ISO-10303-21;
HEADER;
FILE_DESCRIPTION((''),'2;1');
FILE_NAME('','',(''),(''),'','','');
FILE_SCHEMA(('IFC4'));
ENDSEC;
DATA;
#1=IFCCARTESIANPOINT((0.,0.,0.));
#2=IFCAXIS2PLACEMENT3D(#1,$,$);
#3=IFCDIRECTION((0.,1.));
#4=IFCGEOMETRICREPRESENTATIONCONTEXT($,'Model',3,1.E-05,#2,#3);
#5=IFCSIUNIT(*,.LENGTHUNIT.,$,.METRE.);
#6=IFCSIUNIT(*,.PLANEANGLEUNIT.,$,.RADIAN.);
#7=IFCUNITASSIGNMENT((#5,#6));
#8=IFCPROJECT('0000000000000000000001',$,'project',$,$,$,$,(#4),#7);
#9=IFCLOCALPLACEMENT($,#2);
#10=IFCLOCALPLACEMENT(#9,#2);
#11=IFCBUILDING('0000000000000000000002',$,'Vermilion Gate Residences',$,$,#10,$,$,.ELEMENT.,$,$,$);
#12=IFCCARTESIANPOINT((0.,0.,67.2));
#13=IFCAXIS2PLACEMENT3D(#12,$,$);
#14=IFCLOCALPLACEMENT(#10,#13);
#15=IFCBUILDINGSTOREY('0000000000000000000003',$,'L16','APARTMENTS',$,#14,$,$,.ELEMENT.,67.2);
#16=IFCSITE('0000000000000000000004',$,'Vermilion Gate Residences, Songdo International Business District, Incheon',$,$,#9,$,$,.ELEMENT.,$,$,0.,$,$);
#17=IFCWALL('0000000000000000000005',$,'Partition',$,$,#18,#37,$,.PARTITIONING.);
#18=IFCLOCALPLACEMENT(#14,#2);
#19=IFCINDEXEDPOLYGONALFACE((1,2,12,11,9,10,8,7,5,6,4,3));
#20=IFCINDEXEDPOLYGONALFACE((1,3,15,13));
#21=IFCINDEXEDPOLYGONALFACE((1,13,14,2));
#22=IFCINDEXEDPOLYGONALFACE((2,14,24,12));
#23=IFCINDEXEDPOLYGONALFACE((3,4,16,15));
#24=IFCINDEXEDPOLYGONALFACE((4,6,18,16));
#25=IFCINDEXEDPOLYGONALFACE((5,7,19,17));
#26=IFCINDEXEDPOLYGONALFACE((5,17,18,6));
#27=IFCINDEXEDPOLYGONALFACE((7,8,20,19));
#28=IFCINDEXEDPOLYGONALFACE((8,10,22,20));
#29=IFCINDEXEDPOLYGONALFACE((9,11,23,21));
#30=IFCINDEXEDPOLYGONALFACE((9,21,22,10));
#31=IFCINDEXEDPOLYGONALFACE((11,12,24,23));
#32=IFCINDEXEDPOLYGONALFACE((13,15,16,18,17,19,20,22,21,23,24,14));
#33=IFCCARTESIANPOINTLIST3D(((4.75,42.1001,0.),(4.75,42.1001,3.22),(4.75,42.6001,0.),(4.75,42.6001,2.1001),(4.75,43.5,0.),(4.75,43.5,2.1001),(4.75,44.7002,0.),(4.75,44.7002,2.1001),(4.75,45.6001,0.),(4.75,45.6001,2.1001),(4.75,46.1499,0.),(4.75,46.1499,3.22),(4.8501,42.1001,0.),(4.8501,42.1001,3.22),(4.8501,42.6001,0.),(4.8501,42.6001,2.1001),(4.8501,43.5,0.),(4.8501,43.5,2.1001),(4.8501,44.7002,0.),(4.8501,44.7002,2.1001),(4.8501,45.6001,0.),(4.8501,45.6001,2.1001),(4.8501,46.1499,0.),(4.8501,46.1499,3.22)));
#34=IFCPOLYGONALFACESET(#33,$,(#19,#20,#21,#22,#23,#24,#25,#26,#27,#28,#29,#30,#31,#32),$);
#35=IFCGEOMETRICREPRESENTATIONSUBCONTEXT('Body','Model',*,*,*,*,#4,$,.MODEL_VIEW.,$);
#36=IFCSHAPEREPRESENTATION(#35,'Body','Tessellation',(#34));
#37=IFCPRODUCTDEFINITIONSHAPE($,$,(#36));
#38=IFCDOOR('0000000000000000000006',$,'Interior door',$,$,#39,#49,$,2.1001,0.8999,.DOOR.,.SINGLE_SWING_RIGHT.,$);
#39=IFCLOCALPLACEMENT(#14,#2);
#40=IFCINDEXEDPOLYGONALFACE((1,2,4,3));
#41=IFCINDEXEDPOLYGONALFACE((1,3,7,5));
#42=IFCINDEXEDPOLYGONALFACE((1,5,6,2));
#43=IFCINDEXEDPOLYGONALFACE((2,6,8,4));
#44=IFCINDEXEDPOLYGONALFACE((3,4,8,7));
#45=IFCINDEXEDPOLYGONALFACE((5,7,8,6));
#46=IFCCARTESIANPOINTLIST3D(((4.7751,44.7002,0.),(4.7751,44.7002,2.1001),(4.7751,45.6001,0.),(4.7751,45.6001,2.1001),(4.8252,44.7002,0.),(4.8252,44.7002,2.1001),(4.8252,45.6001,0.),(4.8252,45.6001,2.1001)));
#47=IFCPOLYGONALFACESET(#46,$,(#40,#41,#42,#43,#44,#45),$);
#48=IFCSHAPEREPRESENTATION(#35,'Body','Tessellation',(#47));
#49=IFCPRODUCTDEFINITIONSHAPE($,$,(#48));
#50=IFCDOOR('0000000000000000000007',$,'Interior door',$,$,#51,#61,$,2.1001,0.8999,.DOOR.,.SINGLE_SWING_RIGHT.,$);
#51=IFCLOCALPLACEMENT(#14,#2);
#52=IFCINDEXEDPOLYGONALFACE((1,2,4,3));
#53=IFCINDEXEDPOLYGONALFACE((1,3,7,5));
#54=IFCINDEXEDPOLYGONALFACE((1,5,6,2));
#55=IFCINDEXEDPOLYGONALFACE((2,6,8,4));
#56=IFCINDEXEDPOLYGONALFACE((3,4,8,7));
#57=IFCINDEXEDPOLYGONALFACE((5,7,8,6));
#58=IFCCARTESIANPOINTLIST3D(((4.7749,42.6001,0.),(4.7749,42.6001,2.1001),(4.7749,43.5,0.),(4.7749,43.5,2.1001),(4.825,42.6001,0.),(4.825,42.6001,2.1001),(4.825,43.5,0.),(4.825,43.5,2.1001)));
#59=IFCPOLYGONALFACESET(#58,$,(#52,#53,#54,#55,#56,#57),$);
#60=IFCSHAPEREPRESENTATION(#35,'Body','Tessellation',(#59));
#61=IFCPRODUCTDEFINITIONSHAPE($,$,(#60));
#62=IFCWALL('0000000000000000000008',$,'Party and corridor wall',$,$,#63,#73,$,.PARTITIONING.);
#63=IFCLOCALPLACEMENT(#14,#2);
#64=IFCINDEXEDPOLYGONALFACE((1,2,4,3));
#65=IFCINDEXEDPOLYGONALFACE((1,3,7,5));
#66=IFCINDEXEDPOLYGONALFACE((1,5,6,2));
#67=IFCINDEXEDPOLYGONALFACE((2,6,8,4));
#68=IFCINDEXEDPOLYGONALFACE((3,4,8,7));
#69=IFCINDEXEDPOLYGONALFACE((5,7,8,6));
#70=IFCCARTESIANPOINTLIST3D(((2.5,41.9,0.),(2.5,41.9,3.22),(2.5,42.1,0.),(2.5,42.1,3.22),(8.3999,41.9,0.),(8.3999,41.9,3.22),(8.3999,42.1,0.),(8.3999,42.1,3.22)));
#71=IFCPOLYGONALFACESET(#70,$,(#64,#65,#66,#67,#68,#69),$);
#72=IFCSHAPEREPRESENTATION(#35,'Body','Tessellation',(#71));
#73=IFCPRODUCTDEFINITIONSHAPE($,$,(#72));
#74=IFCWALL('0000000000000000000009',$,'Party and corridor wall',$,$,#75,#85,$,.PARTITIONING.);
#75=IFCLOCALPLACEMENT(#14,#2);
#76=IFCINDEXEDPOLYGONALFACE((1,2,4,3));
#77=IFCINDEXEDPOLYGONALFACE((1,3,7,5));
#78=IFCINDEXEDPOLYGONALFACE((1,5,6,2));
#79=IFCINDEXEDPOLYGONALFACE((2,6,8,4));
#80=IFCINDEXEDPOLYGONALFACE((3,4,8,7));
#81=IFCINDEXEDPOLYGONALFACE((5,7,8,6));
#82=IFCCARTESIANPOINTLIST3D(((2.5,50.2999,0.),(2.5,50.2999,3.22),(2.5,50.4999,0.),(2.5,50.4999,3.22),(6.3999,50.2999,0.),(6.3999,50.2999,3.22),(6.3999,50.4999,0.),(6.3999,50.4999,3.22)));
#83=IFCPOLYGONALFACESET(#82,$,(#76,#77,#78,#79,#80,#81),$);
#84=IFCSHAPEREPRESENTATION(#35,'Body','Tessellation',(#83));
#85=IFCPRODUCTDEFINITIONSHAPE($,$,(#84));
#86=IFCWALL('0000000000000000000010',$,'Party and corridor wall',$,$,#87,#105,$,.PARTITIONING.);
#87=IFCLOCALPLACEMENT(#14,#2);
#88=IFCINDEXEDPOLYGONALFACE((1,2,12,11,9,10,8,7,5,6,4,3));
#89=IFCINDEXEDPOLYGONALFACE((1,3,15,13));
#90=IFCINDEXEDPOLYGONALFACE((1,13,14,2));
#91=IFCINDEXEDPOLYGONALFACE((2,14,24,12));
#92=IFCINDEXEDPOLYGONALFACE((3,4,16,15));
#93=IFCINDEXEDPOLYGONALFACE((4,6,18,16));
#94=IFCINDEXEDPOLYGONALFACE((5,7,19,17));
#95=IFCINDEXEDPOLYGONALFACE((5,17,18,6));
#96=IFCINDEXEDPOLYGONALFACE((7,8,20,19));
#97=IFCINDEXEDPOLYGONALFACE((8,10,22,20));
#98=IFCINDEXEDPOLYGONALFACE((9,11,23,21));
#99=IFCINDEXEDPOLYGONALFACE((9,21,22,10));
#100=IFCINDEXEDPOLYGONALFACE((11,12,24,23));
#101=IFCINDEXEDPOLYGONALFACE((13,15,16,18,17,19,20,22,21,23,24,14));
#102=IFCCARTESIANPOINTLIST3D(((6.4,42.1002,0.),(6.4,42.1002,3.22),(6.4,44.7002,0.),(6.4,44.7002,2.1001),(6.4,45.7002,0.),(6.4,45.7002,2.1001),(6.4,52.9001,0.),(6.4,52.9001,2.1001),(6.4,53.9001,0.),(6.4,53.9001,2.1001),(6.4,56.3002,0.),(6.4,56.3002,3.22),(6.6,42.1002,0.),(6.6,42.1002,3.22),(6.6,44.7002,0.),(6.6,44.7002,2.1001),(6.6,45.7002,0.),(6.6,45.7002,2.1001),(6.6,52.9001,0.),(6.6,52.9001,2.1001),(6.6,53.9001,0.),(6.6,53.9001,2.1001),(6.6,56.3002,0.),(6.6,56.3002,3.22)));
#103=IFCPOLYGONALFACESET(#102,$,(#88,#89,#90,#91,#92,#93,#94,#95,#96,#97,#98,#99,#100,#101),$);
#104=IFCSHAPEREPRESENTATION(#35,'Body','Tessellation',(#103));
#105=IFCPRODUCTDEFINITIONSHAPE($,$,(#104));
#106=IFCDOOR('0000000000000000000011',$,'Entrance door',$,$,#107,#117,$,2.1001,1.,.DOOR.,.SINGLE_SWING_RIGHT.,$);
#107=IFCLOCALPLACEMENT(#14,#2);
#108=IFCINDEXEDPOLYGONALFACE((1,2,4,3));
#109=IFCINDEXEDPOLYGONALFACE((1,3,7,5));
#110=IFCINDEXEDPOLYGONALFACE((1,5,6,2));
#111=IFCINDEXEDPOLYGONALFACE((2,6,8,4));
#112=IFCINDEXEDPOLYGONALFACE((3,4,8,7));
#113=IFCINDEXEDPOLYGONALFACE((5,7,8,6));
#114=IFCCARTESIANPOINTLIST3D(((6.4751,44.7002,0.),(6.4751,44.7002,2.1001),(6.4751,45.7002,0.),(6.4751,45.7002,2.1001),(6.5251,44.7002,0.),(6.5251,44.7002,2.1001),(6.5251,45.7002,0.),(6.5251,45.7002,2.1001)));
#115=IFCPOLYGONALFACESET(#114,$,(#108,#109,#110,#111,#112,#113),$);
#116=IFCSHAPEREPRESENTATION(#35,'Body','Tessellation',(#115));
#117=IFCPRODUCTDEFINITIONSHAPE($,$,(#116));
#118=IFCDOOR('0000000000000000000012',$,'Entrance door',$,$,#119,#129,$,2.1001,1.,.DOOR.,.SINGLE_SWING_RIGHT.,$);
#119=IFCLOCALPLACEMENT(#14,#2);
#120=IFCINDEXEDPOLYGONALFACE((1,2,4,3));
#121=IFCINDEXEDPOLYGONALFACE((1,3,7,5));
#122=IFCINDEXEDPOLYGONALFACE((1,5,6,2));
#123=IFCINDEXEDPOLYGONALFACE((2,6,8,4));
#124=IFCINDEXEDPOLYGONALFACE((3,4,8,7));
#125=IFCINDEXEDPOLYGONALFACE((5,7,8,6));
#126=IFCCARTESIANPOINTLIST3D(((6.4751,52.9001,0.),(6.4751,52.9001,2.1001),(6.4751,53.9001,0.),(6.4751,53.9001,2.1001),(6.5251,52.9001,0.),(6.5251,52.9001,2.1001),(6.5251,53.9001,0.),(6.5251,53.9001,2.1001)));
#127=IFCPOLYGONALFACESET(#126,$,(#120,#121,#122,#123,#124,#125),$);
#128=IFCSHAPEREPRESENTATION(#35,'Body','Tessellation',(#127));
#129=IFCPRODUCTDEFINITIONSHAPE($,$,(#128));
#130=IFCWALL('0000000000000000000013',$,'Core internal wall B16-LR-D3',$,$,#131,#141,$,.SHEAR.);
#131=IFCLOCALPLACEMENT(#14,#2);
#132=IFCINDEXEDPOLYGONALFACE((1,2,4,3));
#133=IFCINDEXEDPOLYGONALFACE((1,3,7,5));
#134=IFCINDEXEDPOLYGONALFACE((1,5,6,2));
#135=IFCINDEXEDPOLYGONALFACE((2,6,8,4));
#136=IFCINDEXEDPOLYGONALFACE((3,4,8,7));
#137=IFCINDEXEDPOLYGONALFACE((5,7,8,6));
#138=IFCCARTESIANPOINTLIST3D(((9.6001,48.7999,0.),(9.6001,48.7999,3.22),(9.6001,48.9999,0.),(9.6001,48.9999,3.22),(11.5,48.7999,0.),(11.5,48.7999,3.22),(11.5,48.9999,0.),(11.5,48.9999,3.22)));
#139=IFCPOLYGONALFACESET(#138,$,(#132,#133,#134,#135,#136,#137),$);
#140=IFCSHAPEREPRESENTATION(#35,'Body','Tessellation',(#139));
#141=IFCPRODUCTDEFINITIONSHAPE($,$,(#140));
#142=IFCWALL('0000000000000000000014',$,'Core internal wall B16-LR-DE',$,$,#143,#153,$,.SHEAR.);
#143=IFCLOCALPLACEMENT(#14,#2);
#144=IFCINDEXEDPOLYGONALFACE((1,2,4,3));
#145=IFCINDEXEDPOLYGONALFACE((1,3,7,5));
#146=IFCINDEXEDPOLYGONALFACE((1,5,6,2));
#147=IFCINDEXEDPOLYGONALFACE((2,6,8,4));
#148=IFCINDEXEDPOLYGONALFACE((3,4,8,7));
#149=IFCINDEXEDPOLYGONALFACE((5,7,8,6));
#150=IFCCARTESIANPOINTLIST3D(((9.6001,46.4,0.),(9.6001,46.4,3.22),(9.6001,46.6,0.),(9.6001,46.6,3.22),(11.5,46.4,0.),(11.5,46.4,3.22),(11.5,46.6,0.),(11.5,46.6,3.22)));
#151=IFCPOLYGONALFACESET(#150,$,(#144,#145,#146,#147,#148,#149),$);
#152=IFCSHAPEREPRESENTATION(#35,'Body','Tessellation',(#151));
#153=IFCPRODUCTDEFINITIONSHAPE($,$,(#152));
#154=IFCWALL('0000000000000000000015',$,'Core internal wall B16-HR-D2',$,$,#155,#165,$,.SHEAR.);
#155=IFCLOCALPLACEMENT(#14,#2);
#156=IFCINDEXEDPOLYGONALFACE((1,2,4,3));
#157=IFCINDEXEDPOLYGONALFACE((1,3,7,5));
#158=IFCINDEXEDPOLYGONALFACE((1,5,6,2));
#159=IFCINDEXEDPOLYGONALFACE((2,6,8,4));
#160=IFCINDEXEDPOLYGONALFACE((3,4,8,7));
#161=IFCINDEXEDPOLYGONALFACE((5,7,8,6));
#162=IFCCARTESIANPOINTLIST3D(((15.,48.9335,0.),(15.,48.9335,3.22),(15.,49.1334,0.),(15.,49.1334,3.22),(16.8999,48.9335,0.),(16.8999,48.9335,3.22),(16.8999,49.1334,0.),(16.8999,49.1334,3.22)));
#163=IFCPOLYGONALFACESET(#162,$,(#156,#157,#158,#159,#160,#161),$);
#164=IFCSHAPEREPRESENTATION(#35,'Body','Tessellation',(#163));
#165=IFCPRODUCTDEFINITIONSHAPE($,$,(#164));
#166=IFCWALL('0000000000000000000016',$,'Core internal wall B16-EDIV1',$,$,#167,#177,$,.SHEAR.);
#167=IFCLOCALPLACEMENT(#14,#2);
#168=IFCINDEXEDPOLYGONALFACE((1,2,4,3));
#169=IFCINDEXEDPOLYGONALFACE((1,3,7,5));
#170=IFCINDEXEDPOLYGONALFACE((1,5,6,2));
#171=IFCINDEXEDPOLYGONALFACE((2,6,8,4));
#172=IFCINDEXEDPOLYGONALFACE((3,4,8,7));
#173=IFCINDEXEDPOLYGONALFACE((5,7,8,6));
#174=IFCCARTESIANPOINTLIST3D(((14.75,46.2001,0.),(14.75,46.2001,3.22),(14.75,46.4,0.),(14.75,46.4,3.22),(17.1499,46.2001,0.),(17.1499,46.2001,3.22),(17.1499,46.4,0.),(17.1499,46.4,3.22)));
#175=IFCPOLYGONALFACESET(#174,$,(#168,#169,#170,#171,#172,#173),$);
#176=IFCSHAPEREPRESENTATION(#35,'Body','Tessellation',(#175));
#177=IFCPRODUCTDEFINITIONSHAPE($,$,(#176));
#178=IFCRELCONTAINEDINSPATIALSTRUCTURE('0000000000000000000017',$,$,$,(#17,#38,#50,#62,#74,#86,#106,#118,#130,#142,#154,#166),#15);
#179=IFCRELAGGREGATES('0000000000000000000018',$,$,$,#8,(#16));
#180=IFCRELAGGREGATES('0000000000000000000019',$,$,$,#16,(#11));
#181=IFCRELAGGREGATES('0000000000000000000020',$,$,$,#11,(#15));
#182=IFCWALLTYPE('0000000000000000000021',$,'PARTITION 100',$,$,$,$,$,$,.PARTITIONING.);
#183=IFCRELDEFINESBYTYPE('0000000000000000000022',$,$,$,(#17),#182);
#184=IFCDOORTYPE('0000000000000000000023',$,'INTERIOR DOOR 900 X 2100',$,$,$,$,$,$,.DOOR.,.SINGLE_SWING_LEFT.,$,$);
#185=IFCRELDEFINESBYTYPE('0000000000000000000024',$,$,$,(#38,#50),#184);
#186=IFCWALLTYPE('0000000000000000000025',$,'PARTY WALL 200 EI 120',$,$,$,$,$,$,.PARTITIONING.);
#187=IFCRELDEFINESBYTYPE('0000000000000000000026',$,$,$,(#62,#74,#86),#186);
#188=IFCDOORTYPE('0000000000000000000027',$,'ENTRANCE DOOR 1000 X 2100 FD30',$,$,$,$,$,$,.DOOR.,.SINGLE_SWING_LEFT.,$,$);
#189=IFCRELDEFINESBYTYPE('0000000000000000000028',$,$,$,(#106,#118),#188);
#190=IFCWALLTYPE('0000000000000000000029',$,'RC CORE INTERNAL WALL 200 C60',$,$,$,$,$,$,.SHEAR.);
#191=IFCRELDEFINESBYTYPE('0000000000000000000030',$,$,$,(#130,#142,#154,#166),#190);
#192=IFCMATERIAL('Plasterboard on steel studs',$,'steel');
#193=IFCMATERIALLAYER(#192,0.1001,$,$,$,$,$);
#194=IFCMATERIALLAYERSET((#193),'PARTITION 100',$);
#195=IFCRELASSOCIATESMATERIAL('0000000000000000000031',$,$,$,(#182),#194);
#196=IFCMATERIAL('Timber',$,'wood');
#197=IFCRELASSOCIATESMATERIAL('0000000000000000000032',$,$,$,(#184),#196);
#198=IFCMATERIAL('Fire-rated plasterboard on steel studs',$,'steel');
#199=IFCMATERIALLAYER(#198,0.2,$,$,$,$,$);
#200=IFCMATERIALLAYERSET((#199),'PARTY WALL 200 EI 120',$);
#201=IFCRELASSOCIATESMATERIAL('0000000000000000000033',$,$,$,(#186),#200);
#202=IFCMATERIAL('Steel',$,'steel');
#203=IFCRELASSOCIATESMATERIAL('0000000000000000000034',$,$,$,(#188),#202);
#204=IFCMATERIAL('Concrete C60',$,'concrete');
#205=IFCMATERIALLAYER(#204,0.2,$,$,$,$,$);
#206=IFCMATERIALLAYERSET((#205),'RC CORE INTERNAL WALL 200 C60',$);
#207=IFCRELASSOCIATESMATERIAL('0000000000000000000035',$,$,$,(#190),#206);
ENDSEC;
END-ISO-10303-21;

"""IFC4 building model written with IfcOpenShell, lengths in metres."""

from ifc_helpers import new_model, si_unit, direction, frame, frame_2d, origin, place, context, subcontext, project, spatial, rectangle, extrude, material, layer, layer_set, type_object, element, fill, save


model = new_model("IFC4")

# Units and contexts
model_context = context("Model", 3, precision=1e-05, world=origin(), true_north=direction((0.0, 1.0)))
body_context = subcontext(model_context, "Body", "Model", "MODEL_VIEW")
ifc_project = project(units=[si_unit("LENGTHUNIT", "METRE"), si_unit("PLANEANGLEUNIT", "RADIAN")], contexts=[model_context])

# Site, building, storey
site_placement = place(None, origin())
site = spatial("IfcSite", under=ifc_project, at=site_placement, Name="Vermilion Gate Residences, Songdo International Business District, Incheon", CompositionType="ELEMENT", RefElevation=0.0)
building_placement = place(site_placement, origin())
building = spatial("IfcBuilding", under=site, at=building_placement, Name="Vermilion Gate Residences", CompositionType="ELEMENT")
storey_placement = place(building_placement, frame((0.0, 0.0, 67.2)))
storey = spatial("IfcBuildingStorey", under=building, at=storey_placement, Name="L16", Description="APARTMENTS", CompositionType="ELEMENT", Elevation=67.2)

# Shared definitions
ifc_material_1 = material(Name="Plasterboard on steel studs", Category="steel")
ifc_layer_1 = layer(ifc_material_1, 0.1001)
ifc_layer_set_1 = layer_set([ifc_layer_1], Name="PARTITION 100")
wall_type_1 = type_object("IfcWallType", Name="PARTITION 100", PredefinedType="PARTITIONING", material=ifc_layer_set_1)

# Shared definitions
ifc_material_2 = material(Name="Timber", Category="wood")
door_type_1 = type_object("IfcDoorType", Name="INTERIOR DOOR 900 X 2100", OperationType="SINGLE_SWING_LEFT", PredefinedType="DOOR", material=ifc_material_2)

# Wall, openings, doors
wall_1_placement = place(storey_placement, frame((4.8, 42.1001, 0.0), z_axis=(0.0, 0.0, 1.0), x_axis=(0.0, 1.0, 0.0)))
wall_1 = element("IfcWall", 1, at=wall_1_placement, inside=storey, type_object=wall_type_1, Name="Partition", PredefinedType="PARTITIONING", context=body_context, shape_type="SweptSolid", body=[
    extrude(rectangle(XDim=4.0498, YDim=0.1001, at=frame_2d((2.0249, 0.0))), origin(), (0.0, 0.0, 1.0), 3.22),
])
opening_1_placement = place(wall_1_placement, frame((2.6001, 0.0, 0.0)))
opening_1 = element("IfcOpeningElement", 2, at=opening_1_placement, cuts=wall_1, PredefinedType="OPENING", context=body_context, shape_type="SweptSolid", body=[
    extrude(rectangle(XDim=0.8999, YDim=2.1001, at=frame_2d((0.45, 1.05))), frame((0.0, 0.0601, 0.0), z_axis=(0.0, -1.0, 0.0), x_axis=(1.0, 0.0, 0.0)), (0.0, 0.0, 1.0), 0.1201),
])
opening_2_placement = place(wall_1_placement, frame((0.5, 0.0, 0.0)))
opening_2 = element("IfcOpeningElement", 3, at=opening_2_placement, cuts=wall_1, PredefinedType="OPENING", context=body_context, shape_type="SweptSolid", body=[
    extrude(rectangle(XDim=0.8999, YDim=2.1001, at=frame_2d((0.45, 1.05))), frame((0.0, 0.0601, 0.0), z_axis=(0.0, -1.0, 0.0), x_axis=(1.0, 0.0, 0.0)), (0.0, 0.0, 1.0), 0.1201),
])
door_1_placement = place(opening_1_placement, origin())
door_1 = element("IfcDoor", 4, at=door_1_placement, inside=storey, type_object=door_type_1, Name="Interior door", OperationType="SINGLE_SWING_RIGHT", OverallHeight=2.1001, OverallWidth=0.8999, PredefinedType="DOOR", context=body_context, shape_type="SweptSolid", body=[
    extrude(rectangle(XDim=0.8999, YDim=2.1001, at=frame_2d((0.45, 1.05))), frame((0.0, 0.0249, 0.0), z_axis=(0.0, -1.0, 0.0), x_axis=(1.0, 0.0, 0.0)), (0.0, 0.0, 1.0), 0.05),
])
fill(opening_1, door_1)
door_2_placement = place(opening_2_placement, frame((0.8999, 0.0, 0.0), z_axis=(0.0, 0.0, 1.0), x_axis=(-1.0, 0.0, 0.0)))
door_2 = element("IfcDoor", 5, at=door_2_placement, inside=storey, type_object=door_type_1, Name="Interior door", OperationType="SINGLE_SWING_RIGHT", OverallHeight=2.1001, OverallWidth=0.8999, PredefinedType="DOOR", context=body_context, shape_type="SweptSolid", body=[
    extrude(rectangle(XDim=0.8999, YDim=2.1001, at=frame_2d((0.45, 1.05))), frame((0.0, 0.0249, 0.0), z_axis=(0.0, -1.0, 0.0), x_axis=(1.0, 0.0, 0.0)), (0.0, 0.0, 1.0), 0.05),
])
fill(opening_2, door_2)

# Walls
ifc_material_3 = material(Name="Fire-rated plasterboard on steel studs", Category="steel")
ifc_layer_2 = layer(ifc_material_3, 0.2)
ifc_layer_set_2 = layer_set([ifc_layer_2], Name="PARTY WALL 200 EI 120")
wall_type_2 = type_object("IfcWallType", Name="PARTY WALL 200 EI 120", PredefinedType="PARTITIONING", material=ifc_layer_set_2)
wall_2_placement = place(storey_placement, frame((2.5, 42.0, 0.0), z_axis=(0.0, 0.0, 1.0), x_axis=(1.0, 0.0, 0.0)))
element("IfcWall", 6, at=wall_2_placement, inside=storey, type_object=wall_type_2, Name="Party and corridor wall", PredefinedType="PARTITIONING", context=body_context, shape_type="SweptSolid", body=[
    extrude(rectangle(XDim=5.8999, YDim=0.2, at=frame_2d((2.95, 0.0))), origin(), (0.0, 0.0, 1.0), 3.22),
])
wall_3_placement = place(storey_placement, frame((2.5, 50.3999, 0.0), z_axis=(0.0, 0.0, 1.0), x_axis=(1.0, 0.0, 0.0)))
element("IfcWall", 7, at=wall_3_placement, inside=storey, type_object=wall_type_2, Name="Party and corridor wall", PredefinedType="PARTITIONING", context=body_context, shape_type="SweptSolid", body=[
    extrude(rectangle(XDim=3.8999, YDim=0.2, at=frame_2d((1.95, 0.0))), origin(), (0.0, 0.0, 1.0), 3.22),
])

# Wall, openings, doors
wall_4_placement = place(storey_placement, frame((6.5, 42.1001, 0.0), z_axis=(0.0, 0.0, 1.0), x_axis=(0.0, 1.0, 0.0)))
wall_4 = element("IfcWall", 8, at=wall_4_placement, inside=storey, type_object=wall_type_2, Name="Party and corridor wall", PredefinedType="PARTITIONING", context=body_context, shape_type="SweptSolid", body=[
    extrude(rectangle(XDim=14.2, YDim=0.2, at=frame_2d((7.1001, 0.0))), origin(), (0.0, 0.0, 1.0), 3.22),
])
opening_3_placement = place(wall_4_placement, frame((2.6001, 0.0, 0.0)))
opening_3 = element("IfcOpeningElement", 9, at=opening_3_placement, cuts=wall_4, PredefinedType="OPENING", context=body_context, shape_type="SweptSolid", body=[
    extrude(rectangle(XDim=1.0, YDim=2.1001, at=frame_2d((0.5, 1.05))), frame((0.0, 0.1099, 0.0), z_axis=(0.0, -1.0, 0.0), x_axis=(1.0, 0.0, 0.0)), (0.0, 0.0, 1.0), 0.22),
])
opening_4_placement = place(wall_4_placement, frame((10.8, 0.0, 0.0)))
opening_4 = element("IfcOpeningElement", 10, at=opening_4_placement, cuts=wall_4, PredefinedType="OPENING", context=body_context, shape_type="SweptSolid", body=[
    extrude(rectangle(XDim=1.0, YDim=2.1001, at=frame_2d((0.5, 1.05))), frame((0.0, 0.1099, 0.0), z_axis=(0.0, -1.0, 0.0), x_axis=(1.0, 0.0, 0.0)), (0.0, 0.0, 1.0), 0.22),
])
ifc_material_4 = material(Name="Steel", Category="steel")
door_type_2 = type_object("IfcDoorType", Name="ENTRANCE DOOR 1000 X 2100 FD30", OperationType="SINGLE_SWING_LEFT", PredefinedType="DOOR", material=ifc_material_4)
door_3_placement = place(opening_3_placement, origin())
door_3 = element("IfcDoor", 11, at=door_3_placement, inside=storey, type_object=door_type_2, Name="Entrance door", OperationType="SINGLE_SWING_RIGHT", OverallHeight=2.1001, OverallWidth=1.0, PredefinedType="DOOR", context=body_context, shape_type="SweptSolid", body=[
    extrude(rectangle(XDim=1.0, YDim=2.1001, at=frame_2d((0.5, 1.05))), frame((0.0, 0.0249, 0.0), z_axis=(0.0, -1.0, 0.0), x_axis=(1.0, 0.0, 0.0)), (0.0, 0.0, 1.0), 0.05),
])
fill(opening_3, door_3)
door_4_placement = place(opening_4_placement, origin())
door_4 = element("IfcDoor", 12, at=door_4_placement, inside=storey, type_object=door_type_2, Name="Entrance door", OperationType="SINGLE_SWING_RIGHT", OverallHeight=2.1001, OverallWidth=1.0, PredefinedType="DOOR", context=body_context, shape_type="SweptSolid", body=[
    extrude(rectangle(XDim=1.0, YDim=2.1001, at=frame_2d((0.5, 1.05))), frame((0.0, 0.0249, 0.0), z_axis=(0.0, -1.0, 0.0), x_axis=(1.0, 0.0, 0.0)), (0.0, 0.0, 1.0), 0.05),
])
fill(opening_4, door_4)

# Walls
ifc_material_5 = material(Name="Concrete C60", Category="concrete")
ifc_layer_3 = layer(ifc_material_5, 0.2)
ifc_layer_set_3 = layer_set([ifc_layer_3], Name="RC CORE INTERNAL WALL 200 C60")
wall_type_3 = type_object("IfcWallType", Name="RC CORE INTERNAL WALL 200 C60", PredefinedType="SHEAR", material=ifc_layer_set_3)
for number, where, z_axis, x_axis, name in (
    (13, (9.6001, 48.8999, 0.0), (0.0, 0.0, 1.0), (1.0, 0.0, 0.0), "Core internal wall B16-LR-D3"),
    (14, (9.6001, 46.5, 0.0), (0.0, 0.0, 1.0), (1.0, 0.0, 0.0), "Core internal wall B16-LR-DE"),
    (15, (15.0, 49.0334, 0.0), (0.0, 0.0, 1.0), (1.0, 0.0, 0.0), "Core internal wall B16-HR-D2"),
):
    element("IfcWall", number, at=place(storey_placement, frame(where, z_axis=z_axis, x_axis=x_axis)), inside=storey, type_object=wall_type_3, Name=name, PredefinedType="SHEAR", context=body_context, shape_type="SweptSolid", body=[
        extrude(rectangle(XDim=1.8999, YDim=0.2, at=frame_2d((0.95, 0.0))), origin(), (0.0, 0.0, 1.0), 3.22),
    ])
wall_5_placement = place(storey_placement, frame((14.75, 46.3, 0.0), z_axis=(0.0, 0.0, 1.0), x_axis=(1.0, 0.0, 0.0)))
element("IfcWall", 16, at=wall_5_placement, inside=storey, type_object=wall_type_3, Name="Core internal wall B16-EDIV1", PredefinedType="SHEAR", context=body_context, shape_type="SweptSolid", body=[
    extrude(rectangle(XDim=2.3999, YDim=0.2, at=frame_2d((1.2, 0.0))), origin(), (0.0, 0.0, 1.0), 3.22),
])

save(model, "model.ifc")
